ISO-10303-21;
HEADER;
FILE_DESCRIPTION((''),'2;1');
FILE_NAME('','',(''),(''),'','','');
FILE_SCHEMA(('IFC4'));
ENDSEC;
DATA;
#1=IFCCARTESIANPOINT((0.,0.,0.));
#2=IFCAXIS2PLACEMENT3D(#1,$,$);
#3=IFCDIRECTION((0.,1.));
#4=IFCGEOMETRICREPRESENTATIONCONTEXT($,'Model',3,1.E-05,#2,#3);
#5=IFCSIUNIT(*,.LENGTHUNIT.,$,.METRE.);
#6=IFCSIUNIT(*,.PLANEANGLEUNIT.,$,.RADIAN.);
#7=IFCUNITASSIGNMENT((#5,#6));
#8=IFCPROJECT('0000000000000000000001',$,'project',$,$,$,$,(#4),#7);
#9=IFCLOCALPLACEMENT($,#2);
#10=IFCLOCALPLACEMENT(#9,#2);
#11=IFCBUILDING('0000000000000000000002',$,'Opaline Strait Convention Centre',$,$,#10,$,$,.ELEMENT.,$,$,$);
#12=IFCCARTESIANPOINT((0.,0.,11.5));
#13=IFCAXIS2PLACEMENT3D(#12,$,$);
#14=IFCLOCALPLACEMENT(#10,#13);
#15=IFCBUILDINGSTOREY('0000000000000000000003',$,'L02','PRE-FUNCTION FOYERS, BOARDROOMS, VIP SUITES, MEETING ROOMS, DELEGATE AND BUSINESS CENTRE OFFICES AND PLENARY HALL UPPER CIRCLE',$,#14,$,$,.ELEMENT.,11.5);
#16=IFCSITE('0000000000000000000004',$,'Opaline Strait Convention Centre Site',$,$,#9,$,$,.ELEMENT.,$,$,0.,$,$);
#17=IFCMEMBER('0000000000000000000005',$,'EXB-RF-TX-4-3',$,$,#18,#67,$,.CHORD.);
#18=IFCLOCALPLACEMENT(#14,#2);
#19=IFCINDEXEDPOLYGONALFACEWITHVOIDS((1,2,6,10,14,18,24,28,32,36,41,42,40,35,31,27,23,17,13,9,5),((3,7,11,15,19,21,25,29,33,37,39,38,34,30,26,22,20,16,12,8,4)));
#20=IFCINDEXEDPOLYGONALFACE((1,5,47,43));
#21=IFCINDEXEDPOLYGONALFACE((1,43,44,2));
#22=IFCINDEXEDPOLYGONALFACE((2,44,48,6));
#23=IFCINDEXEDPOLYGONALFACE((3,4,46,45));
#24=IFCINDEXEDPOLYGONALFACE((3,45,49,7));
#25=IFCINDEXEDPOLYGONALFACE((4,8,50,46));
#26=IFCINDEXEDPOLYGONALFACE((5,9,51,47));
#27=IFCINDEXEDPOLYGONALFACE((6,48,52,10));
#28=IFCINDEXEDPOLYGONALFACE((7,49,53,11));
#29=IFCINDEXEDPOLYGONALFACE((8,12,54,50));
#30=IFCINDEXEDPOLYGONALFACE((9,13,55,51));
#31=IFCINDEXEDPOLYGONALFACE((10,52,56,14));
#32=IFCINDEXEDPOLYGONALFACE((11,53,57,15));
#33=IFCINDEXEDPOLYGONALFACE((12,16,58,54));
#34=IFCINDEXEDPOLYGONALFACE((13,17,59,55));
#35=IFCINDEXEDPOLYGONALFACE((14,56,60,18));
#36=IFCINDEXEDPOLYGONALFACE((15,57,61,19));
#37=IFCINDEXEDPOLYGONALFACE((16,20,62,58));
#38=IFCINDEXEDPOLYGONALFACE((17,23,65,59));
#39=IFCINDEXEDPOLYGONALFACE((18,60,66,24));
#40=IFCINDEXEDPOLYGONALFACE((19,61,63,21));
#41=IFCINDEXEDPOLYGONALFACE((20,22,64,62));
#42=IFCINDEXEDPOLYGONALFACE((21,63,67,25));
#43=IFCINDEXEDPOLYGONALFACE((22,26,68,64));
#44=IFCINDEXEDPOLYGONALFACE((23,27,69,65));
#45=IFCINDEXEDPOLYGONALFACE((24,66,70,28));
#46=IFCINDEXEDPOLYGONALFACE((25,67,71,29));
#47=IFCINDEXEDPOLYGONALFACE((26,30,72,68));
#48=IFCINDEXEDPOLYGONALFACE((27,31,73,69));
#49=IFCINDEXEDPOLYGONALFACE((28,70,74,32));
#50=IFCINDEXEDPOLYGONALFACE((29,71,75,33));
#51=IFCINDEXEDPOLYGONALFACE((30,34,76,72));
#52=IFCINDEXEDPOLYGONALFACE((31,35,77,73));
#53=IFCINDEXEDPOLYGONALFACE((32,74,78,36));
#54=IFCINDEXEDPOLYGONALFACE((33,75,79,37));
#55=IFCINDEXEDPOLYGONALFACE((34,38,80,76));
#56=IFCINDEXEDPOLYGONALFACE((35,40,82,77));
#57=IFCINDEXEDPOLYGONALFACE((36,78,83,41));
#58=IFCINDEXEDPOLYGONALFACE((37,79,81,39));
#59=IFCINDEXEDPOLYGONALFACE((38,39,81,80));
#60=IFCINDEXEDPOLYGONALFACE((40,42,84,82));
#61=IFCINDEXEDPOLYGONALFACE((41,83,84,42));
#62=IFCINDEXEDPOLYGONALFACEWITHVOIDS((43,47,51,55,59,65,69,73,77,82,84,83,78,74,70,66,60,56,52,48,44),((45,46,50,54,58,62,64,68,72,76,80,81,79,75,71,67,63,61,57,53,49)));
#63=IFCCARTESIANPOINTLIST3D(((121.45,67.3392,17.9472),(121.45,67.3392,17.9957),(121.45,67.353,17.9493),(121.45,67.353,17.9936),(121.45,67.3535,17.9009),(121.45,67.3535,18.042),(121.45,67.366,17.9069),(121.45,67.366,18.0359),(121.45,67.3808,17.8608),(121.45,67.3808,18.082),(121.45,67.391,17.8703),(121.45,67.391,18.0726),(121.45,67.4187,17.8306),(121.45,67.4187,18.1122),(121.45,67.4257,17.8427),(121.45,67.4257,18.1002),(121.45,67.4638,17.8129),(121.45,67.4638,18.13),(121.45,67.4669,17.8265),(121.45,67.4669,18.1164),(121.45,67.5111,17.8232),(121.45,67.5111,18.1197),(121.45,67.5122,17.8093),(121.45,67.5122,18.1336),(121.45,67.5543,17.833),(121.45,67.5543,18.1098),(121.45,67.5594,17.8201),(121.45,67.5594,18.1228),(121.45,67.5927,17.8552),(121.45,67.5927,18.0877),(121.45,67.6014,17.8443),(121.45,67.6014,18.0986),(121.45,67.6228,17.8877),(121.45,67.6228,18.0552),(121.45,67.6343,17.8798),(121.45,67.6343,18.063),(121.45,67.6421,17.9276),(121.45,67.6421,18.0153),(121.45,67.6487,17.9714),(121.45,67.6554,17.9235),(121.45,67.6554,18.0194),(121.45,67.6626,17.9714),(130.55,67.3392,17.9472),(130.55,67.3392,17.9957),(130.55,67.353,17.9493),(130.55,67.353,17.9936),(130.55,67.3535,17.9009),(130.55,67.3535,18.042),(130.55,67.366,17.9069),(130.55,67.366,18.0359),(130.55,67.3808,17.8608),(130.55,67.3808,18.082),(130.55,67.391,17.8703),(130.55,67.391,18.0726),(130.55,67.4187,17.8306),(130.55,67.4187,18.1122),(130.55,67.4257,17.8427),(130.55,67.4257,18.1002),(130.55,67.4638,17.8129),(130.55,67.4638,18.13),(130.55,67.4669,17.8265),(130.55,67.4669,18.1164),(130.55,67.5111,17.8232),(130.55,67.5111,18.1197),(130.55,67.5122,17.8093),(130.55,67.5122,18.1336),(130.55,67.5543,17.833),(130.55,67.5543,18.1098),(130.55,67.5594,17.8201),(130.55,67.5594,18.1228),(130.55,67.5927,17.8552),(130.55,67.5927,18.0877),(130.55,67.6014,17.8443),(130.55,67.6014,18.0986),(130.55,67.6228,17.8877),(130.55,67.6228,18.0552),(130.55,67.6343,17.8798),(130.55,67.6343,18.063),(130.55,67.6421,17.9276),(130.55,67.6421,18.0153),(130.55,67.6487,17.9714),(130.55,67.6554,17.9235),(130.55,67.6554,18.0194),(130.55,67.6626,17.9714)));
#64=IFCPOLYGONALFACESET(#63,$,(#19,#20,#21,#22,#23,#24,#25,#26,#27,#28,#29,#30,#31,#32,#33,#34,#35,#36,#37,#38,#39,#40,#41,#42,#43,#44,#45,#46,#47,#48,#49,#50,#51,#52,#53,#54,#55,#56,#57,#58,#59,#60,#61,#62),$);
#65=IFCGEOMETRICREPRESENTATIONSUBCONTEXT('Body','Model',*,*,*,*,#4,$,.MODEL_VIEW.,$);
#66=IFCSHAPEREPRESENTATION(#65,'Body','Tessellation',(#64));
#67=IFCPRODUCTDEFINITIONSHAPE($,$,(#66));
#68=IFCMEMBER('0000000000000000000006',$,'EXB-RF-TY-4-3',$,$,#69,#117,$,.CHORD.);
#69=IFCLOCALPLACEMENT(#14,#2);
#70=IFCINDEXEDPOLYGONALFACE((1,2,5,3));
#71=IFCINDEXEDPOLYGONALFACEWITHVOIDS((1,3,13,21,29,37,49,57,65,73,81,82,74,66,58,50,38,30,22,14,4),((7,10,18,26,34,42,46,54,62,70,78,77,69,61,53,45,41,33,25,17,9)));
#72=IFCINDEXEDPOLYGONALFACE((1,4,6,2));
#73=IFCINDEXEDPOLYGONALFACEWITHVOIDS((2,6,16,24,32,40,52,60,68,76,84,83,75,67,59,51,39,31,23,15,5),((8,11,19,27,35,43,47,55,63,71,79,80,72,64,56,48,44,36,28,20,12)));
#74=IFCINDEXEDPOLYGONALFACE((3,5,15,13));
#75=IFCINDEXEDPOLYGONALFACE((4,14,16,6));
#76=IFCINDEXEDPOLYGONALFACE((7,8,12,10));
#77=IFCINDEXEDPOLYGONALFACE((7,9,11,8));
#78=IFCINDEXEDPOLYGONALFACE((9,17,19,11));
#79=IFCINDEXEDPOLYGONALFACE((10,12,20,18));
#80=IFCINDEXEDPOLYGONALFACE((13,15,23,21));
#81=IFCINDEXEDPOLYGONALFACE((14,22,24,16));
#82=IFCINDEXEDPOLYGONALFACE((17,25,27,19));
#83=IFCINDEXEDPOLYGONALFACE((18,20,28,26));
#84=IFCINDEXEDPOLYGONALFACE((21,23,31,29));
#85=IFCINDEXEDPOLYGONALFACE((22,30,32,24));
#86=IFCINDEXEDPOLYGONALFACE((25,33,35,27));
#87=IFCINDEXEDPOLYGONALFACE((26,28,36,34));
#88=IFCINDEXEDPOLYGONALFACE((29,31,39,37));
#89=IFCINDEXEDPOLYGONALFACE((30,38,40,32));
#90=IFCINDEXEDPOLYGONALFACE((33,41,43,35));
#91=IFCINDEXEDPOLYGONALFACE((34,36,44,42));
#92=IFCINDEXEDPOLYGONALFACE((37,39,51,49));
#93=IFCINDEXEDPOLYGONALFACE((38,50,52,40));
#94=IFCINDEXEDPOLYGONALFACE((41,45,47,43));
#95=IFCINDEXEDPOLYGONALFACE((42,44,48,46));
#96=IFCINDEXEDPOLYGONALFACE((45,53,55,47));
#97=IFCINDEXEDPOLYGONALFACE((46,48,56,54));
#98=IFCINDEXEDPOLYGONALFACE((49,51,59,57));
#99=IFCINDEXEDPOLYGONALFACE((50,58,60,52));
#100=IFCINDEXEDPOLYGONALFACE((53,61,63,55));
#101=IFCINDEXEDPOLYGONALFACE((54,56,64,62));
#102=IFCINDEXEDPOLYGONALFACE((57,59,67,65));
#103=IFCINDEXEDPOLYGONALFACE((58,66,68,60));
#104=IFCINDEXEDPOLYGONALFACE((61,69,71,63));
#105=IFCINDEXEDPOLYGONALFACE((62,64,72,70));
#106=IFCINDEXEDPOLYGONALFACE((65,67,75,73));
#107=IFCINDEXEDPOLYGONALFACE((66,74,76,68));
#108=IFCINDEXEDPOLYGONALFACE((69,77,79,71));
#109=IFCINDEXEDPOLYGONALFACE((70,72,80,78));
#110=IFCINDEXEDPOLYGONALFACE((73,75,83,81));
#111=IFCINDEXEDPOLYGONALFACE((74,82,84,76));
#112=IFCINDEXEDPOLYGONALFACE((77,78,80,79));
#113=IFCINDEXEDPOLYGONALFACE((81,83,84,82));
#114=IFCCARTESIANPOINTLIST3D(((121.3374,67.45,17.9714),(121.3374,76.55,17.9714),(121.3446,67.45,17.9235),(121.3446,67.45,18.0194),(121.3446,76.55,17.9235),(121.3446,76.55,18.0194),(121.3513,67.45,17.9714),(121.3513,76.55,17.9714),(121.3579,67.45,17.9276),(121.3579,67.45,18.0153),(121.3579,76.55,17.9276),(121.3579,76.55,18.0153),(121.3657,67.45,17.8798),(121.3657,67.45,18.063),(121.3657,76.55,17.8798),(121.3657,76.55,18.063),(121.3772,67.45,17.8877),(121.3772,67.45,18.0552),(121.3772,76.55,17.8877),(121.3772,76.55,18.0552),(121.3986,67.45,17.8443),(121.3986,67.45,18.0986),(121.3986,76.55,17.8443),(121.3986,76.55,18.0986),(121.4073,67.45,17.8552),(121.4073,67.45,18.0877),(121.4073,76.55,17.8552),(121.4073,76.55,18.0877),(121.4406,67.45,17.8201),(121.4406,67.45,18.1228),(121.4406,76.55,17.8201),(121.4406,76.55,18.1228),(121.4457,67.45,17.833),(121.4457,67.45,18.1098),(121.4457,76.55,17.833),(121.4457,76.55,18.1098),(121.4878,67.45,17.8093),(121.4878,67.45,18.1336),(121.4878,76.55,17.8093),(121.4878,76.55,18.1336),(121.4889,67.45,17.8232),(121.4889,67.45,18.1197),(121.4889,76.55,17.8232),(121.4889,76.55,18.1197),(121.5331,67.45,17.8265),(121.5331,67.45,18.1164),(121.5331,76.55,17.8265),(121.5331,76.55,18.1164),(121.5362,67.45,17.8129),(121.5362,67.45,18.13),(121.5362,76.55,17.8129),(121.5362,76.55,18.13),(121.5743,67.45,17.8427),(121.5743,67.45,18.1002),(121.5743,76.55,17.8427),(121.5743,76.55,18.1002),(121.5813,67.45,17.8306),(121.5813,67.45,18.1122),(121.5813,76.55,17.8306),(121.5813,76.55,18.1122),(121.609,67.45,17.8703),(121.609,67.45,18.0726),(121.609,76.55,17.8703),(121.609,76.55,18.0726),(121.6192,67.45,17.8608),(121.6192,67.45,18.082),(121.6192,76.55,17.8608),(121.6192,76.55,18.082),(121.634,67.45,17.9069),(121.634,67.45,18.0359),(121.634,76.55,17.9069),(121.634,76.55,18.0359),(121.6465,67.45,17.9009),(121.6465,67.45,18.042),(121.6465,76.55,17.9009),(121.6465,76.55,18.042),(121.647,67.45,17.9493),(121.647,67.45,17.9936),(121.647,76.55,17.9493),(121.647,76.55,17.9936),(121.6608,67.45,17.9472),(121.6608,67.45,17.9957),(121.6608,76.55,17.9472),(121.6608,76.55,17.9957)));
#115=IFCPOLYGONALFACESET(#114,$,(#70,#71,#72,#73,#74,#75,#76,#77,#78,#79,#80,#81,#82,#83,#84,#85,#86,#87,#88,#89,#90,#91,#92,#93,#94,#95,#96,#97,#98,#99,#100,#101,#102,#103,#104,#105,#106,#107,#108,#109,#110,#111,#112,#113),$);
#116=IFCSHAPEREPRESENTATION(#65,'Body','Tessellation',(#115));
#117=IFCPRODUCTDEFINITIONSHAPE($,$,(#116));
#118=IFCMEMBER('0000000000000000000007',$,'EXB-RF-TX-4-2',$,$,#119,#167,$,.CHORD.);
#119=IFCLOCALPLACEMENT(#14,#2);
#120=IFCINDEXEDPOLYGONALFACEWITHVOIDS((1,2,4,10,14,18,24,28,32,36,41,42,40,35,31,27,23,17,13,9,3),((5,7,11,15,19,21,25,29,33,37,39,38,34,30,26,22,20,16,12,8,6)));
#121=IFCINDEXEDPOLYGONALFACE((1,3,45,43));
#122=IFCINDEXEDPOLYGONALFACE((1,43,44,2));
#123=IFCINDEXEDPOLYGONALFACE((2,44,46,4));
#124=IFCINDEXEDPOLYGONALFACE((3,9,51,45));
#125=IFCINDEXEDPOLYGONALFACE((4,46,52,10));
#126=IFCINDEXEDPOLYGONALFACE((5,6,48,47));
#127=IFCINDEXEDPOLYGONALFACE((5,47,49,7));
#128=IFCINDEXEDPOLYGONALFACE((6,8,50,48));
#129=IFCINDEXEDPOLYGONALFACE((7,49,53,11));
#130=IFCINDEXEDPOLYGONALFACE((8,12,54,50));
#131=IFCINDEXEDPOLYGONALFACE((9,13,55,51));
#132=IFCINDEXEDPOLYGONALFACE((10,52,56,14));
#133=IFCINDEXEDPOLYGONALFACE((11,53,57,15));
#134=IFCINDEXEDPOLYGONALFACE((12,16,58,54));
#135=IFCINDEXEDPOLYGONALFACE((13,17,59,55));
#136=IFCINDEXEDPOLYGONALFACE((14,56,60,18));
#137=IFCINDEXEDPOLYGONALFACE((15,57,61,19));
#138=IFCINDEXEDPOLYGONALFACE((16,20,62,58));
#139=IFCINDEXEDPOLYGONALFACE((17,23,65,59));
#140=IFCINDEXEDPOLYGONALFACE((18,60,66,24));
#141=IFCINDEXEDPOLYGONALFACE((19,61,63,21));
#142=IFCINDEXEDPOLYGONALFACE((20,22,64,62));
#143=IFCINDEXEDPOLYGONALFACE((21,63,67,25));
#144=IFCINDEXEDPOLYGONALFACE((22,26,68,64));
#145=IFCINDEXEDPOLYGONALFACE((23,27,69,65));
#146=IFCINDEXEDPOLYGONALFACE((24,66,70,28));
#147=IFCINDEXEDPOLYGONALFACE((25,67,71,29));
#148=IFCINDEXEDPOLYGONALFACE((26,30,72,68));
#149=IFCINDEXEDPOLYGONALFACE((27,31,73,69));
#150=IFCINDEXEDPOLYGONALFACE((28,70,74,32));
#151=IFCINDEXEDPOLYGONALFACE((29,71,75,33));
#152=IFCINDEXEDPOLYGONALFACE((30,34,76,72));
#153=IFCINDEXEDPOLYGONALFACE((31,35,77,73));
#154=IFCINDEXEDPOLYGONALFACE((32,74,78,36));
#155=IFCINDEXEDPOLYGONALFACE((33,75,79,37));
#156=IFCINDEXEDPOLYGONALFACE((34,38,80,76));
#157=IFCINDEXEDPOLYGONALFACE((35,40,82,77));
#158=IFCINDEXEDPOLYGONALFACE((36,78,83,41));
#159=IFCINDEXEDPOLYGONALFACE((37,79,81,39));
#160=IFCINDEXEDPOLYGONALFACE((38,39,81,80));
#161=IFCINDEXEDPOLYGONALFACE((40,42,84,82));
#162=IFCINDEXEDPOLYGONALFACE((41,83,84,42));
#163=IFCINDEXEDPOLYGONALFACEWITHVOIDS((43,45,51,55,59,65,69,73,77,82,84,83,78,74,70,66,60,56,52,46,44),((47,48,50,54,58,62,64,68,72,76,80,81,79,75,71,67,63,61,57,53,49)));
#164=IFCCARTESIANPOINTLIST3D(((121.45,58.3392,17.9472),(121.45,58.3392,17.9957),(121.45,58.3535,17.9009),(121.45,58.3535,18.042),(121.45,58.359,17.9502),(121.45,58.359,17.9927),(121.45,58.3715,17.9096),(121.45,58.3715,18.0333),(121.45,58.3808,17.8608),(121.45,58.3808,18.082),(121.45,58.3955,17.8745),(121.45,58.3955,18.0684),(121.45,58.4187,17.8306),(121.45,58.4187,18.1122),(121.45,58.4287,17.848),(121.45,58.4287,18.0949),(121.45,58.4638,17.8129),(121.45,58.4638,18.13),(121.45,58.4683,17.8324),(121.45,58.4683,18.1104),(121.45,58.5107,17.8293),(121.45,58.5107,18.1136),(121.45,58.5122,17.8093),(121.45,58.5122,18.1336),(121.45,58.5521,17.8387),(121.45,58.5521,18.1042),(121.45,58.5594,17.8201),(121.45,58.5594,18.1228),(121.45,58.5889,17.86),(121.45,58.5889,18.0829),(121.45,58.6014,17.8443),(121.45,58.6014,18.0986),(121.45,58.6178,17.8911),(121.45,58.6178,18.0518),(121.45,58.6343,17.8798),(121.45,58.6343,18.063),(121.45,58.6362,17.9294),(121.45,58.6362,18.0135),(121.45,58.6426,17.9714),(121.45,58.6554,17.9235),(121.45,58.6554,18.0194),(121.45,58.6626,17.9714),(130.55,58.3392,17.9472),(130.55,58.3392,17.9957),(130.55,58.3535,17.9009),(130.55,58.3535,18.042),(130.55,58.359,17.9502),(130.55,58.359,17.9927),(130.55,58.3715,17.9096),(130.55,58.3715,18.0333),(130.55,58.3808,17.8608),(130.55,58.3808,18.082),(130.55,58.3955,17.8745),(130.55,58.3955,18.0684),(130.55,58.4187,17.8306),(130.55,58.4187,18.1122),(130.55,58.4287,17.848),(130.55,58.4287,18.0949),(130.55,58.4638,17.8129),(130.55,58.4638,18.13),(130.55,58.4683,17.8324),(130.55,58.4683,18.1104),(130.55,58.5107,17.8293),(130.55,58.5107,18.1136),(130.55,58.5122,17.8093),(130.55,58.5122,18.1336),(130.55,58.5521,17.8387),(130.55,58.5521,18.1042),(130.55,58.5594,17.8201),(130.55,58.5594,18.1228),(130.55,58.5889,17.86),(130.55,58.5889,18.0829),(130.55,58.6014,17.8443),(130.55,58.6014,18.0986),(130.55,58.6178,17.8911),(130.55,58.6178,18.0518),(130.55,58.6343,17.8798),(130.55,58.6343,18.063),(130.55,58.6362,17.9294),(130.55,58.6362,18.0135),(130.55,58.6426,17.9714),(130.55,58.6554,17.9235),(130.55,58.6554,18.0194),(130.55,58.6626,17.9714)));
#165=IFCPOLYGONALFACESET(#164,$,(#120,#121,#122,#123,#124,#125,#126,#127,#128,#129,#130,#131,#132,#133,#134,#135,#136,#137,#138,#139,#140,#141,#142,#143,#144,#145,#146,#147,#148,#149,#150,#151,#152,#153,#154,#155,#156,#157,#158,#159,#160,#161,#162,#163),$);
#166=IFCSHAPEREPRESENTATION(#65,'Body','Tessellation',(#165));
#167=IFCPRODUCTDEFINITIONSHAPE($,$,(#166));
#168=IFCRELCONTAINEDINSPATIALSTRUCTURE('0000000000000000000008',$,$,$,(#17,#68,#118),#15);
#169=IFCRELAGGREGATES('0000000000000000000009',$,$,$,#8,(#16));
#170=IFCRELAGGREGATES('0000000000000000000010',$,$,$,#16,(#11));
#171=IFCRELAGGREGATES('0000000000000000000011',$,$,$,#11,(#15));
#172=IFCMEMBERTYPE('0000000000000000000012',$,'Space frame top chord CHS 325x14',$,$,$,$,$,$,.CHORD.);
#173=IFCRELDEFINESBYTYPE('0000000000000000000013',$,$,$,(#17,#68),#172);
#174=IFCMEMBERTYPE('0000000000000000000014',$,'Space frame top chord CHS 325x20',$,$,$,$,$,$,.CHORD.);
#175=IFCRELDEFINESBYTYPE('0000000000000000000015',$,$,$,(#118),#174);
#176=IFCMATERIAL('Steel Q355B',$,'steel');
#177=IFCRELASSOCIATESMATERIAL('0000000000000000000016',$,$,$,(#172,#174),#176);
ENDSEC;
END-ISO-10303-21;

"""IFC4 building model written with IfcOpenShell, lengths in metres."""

from ifc_helpers import new_model, si_unit, direction, frame, origin, origin_2d, place, context, subcontext, project, spatial, hollow_circle, extrude, material, material_profile, profile_set, type_object, element, save


model = new_model("IFC4")

# Units and contexts
model_context = context("Model", 3, precision=1e-05, world=origin(), true_north=direction((0.0, 1.0)))
body_context = subcontext(model_context, "Body", "Model", "MODEL_VIEW")
ifc_project = project(units=[si_unit("LENGTHUNIT", "METRE"), si_unit("PLANEANGLEUNIT", "RADIAN")], contexts=[model_context])

# Site, building, storey
site_placement = place(None, origin())
site = spatial("IfcSite", under=ifc_project, at=site_placement, Name="Opaline Strait Convention Centre Site", CompositionType="ELEMENT", RefElevation=0.0)
building_placement = place(site_placement, origin())
building = spatial("IfcBuilding", under=site, at=building_placement, Name="Opaline Strait Convention Centre", CompositionType="ELEMENT")
storey_placement = place(building_placement, frame((0.0, 0.0, 11.5)))
storey = spatial("IfcBuildingStorey", under=building, at=storey_placement, Name="L02", Description="PRE-FUNCTION FOYERS, BOARDROOMS, VIP SUITES, MEETING ROOMS, DELEGATE AND BUSINESS CENTRE OFFICES AND PLENARY HALL UPPER CIRCLE", CompositionType="ELEMENT", Elevation=11.5)

# Members
ifc_material = material(Name="Steel Q355B", Category="steel")
ifc_material_profile_1 = material_profile(ifc_material, hollow_circle(Radius=0.1626, WallThickness=0.0139, at=origin_2d()), Name="CHS 325x14")
ifc_profile_set_1 = profile_set([ifc_material_profile_1], Name="Steel Q355B")
member_type_1 = type_object("IfcMemberType", Name="Space frame top chord CHS 325x14", PredefinedType="CHORD", material=ifc_profile_set_1)
for number, where, z_axis, x_axis, name in (
    (1, (121.45, 67.5, 17.9714), (1.0, 0.0, 0.0), (0.0, 1.0, 0.0), "EXB-RF-TX-4-3"),
    (2, (121.5, 67.45, 17.9714), (0.0, 1.0, 0.0), (-1.0, 0.0, 0.0), "EXB-RF-TY-4-3"),
):
    element("IfcMember", number, at=place(storey_placement, frame(where, z_axis=z_axis, x_axis=x_axis)), inside=storey, type_object=member_type_1, Name=name, PredefinedType="CHORD", context=body_context, shape_type="SweptSolid", body=[
        extrude(hollow_circle(Radius=0.1626, WallThickness=0.0139, at=origin_2d()), origin(), (0.0, 0.0, 1.0), 9.1001),
    ])
ifc_material_profile_2 = material_profile(ifc_material, hollow_circle(Radius=0.1626, WallThickness=0.02, at=origin_2d()), Name="CHS 325x20")
ifc_profile_set_2 = profile_set([ifc_material_profile_2], Name="Steel Q355B")
member_type_2 = type_object("IfcMemberType", Name="Space frame top chord CHS 325x20", PredefinedType="CHORD", material=ifc_profile_set_2)
for number, where, z_axis, x_axis, name in (
    (3, (121.45, 58.5, 17.9714), (1.0, 0.0, 0.0), (0.0, 1.0, 0.0), "EXB-RF-TX-4-2"),
):
    element("IfcMember", number, at=place(storey_placement, frame(where, z_axis=z_axis, x_axis=x_axis)), inside=storey, type_object=member_type_2, Name=name, PredefinedType="CHORD", context=body_context, shape_type="SweptSolid", body=[
        extrude(hollow_circle(Radius=0.1626, WallThickness=0.02, at=origin_2d()), origin(), (0.0, 0.0, 1.0), 9.1001),
    ])

save(model, "model.ifc")
